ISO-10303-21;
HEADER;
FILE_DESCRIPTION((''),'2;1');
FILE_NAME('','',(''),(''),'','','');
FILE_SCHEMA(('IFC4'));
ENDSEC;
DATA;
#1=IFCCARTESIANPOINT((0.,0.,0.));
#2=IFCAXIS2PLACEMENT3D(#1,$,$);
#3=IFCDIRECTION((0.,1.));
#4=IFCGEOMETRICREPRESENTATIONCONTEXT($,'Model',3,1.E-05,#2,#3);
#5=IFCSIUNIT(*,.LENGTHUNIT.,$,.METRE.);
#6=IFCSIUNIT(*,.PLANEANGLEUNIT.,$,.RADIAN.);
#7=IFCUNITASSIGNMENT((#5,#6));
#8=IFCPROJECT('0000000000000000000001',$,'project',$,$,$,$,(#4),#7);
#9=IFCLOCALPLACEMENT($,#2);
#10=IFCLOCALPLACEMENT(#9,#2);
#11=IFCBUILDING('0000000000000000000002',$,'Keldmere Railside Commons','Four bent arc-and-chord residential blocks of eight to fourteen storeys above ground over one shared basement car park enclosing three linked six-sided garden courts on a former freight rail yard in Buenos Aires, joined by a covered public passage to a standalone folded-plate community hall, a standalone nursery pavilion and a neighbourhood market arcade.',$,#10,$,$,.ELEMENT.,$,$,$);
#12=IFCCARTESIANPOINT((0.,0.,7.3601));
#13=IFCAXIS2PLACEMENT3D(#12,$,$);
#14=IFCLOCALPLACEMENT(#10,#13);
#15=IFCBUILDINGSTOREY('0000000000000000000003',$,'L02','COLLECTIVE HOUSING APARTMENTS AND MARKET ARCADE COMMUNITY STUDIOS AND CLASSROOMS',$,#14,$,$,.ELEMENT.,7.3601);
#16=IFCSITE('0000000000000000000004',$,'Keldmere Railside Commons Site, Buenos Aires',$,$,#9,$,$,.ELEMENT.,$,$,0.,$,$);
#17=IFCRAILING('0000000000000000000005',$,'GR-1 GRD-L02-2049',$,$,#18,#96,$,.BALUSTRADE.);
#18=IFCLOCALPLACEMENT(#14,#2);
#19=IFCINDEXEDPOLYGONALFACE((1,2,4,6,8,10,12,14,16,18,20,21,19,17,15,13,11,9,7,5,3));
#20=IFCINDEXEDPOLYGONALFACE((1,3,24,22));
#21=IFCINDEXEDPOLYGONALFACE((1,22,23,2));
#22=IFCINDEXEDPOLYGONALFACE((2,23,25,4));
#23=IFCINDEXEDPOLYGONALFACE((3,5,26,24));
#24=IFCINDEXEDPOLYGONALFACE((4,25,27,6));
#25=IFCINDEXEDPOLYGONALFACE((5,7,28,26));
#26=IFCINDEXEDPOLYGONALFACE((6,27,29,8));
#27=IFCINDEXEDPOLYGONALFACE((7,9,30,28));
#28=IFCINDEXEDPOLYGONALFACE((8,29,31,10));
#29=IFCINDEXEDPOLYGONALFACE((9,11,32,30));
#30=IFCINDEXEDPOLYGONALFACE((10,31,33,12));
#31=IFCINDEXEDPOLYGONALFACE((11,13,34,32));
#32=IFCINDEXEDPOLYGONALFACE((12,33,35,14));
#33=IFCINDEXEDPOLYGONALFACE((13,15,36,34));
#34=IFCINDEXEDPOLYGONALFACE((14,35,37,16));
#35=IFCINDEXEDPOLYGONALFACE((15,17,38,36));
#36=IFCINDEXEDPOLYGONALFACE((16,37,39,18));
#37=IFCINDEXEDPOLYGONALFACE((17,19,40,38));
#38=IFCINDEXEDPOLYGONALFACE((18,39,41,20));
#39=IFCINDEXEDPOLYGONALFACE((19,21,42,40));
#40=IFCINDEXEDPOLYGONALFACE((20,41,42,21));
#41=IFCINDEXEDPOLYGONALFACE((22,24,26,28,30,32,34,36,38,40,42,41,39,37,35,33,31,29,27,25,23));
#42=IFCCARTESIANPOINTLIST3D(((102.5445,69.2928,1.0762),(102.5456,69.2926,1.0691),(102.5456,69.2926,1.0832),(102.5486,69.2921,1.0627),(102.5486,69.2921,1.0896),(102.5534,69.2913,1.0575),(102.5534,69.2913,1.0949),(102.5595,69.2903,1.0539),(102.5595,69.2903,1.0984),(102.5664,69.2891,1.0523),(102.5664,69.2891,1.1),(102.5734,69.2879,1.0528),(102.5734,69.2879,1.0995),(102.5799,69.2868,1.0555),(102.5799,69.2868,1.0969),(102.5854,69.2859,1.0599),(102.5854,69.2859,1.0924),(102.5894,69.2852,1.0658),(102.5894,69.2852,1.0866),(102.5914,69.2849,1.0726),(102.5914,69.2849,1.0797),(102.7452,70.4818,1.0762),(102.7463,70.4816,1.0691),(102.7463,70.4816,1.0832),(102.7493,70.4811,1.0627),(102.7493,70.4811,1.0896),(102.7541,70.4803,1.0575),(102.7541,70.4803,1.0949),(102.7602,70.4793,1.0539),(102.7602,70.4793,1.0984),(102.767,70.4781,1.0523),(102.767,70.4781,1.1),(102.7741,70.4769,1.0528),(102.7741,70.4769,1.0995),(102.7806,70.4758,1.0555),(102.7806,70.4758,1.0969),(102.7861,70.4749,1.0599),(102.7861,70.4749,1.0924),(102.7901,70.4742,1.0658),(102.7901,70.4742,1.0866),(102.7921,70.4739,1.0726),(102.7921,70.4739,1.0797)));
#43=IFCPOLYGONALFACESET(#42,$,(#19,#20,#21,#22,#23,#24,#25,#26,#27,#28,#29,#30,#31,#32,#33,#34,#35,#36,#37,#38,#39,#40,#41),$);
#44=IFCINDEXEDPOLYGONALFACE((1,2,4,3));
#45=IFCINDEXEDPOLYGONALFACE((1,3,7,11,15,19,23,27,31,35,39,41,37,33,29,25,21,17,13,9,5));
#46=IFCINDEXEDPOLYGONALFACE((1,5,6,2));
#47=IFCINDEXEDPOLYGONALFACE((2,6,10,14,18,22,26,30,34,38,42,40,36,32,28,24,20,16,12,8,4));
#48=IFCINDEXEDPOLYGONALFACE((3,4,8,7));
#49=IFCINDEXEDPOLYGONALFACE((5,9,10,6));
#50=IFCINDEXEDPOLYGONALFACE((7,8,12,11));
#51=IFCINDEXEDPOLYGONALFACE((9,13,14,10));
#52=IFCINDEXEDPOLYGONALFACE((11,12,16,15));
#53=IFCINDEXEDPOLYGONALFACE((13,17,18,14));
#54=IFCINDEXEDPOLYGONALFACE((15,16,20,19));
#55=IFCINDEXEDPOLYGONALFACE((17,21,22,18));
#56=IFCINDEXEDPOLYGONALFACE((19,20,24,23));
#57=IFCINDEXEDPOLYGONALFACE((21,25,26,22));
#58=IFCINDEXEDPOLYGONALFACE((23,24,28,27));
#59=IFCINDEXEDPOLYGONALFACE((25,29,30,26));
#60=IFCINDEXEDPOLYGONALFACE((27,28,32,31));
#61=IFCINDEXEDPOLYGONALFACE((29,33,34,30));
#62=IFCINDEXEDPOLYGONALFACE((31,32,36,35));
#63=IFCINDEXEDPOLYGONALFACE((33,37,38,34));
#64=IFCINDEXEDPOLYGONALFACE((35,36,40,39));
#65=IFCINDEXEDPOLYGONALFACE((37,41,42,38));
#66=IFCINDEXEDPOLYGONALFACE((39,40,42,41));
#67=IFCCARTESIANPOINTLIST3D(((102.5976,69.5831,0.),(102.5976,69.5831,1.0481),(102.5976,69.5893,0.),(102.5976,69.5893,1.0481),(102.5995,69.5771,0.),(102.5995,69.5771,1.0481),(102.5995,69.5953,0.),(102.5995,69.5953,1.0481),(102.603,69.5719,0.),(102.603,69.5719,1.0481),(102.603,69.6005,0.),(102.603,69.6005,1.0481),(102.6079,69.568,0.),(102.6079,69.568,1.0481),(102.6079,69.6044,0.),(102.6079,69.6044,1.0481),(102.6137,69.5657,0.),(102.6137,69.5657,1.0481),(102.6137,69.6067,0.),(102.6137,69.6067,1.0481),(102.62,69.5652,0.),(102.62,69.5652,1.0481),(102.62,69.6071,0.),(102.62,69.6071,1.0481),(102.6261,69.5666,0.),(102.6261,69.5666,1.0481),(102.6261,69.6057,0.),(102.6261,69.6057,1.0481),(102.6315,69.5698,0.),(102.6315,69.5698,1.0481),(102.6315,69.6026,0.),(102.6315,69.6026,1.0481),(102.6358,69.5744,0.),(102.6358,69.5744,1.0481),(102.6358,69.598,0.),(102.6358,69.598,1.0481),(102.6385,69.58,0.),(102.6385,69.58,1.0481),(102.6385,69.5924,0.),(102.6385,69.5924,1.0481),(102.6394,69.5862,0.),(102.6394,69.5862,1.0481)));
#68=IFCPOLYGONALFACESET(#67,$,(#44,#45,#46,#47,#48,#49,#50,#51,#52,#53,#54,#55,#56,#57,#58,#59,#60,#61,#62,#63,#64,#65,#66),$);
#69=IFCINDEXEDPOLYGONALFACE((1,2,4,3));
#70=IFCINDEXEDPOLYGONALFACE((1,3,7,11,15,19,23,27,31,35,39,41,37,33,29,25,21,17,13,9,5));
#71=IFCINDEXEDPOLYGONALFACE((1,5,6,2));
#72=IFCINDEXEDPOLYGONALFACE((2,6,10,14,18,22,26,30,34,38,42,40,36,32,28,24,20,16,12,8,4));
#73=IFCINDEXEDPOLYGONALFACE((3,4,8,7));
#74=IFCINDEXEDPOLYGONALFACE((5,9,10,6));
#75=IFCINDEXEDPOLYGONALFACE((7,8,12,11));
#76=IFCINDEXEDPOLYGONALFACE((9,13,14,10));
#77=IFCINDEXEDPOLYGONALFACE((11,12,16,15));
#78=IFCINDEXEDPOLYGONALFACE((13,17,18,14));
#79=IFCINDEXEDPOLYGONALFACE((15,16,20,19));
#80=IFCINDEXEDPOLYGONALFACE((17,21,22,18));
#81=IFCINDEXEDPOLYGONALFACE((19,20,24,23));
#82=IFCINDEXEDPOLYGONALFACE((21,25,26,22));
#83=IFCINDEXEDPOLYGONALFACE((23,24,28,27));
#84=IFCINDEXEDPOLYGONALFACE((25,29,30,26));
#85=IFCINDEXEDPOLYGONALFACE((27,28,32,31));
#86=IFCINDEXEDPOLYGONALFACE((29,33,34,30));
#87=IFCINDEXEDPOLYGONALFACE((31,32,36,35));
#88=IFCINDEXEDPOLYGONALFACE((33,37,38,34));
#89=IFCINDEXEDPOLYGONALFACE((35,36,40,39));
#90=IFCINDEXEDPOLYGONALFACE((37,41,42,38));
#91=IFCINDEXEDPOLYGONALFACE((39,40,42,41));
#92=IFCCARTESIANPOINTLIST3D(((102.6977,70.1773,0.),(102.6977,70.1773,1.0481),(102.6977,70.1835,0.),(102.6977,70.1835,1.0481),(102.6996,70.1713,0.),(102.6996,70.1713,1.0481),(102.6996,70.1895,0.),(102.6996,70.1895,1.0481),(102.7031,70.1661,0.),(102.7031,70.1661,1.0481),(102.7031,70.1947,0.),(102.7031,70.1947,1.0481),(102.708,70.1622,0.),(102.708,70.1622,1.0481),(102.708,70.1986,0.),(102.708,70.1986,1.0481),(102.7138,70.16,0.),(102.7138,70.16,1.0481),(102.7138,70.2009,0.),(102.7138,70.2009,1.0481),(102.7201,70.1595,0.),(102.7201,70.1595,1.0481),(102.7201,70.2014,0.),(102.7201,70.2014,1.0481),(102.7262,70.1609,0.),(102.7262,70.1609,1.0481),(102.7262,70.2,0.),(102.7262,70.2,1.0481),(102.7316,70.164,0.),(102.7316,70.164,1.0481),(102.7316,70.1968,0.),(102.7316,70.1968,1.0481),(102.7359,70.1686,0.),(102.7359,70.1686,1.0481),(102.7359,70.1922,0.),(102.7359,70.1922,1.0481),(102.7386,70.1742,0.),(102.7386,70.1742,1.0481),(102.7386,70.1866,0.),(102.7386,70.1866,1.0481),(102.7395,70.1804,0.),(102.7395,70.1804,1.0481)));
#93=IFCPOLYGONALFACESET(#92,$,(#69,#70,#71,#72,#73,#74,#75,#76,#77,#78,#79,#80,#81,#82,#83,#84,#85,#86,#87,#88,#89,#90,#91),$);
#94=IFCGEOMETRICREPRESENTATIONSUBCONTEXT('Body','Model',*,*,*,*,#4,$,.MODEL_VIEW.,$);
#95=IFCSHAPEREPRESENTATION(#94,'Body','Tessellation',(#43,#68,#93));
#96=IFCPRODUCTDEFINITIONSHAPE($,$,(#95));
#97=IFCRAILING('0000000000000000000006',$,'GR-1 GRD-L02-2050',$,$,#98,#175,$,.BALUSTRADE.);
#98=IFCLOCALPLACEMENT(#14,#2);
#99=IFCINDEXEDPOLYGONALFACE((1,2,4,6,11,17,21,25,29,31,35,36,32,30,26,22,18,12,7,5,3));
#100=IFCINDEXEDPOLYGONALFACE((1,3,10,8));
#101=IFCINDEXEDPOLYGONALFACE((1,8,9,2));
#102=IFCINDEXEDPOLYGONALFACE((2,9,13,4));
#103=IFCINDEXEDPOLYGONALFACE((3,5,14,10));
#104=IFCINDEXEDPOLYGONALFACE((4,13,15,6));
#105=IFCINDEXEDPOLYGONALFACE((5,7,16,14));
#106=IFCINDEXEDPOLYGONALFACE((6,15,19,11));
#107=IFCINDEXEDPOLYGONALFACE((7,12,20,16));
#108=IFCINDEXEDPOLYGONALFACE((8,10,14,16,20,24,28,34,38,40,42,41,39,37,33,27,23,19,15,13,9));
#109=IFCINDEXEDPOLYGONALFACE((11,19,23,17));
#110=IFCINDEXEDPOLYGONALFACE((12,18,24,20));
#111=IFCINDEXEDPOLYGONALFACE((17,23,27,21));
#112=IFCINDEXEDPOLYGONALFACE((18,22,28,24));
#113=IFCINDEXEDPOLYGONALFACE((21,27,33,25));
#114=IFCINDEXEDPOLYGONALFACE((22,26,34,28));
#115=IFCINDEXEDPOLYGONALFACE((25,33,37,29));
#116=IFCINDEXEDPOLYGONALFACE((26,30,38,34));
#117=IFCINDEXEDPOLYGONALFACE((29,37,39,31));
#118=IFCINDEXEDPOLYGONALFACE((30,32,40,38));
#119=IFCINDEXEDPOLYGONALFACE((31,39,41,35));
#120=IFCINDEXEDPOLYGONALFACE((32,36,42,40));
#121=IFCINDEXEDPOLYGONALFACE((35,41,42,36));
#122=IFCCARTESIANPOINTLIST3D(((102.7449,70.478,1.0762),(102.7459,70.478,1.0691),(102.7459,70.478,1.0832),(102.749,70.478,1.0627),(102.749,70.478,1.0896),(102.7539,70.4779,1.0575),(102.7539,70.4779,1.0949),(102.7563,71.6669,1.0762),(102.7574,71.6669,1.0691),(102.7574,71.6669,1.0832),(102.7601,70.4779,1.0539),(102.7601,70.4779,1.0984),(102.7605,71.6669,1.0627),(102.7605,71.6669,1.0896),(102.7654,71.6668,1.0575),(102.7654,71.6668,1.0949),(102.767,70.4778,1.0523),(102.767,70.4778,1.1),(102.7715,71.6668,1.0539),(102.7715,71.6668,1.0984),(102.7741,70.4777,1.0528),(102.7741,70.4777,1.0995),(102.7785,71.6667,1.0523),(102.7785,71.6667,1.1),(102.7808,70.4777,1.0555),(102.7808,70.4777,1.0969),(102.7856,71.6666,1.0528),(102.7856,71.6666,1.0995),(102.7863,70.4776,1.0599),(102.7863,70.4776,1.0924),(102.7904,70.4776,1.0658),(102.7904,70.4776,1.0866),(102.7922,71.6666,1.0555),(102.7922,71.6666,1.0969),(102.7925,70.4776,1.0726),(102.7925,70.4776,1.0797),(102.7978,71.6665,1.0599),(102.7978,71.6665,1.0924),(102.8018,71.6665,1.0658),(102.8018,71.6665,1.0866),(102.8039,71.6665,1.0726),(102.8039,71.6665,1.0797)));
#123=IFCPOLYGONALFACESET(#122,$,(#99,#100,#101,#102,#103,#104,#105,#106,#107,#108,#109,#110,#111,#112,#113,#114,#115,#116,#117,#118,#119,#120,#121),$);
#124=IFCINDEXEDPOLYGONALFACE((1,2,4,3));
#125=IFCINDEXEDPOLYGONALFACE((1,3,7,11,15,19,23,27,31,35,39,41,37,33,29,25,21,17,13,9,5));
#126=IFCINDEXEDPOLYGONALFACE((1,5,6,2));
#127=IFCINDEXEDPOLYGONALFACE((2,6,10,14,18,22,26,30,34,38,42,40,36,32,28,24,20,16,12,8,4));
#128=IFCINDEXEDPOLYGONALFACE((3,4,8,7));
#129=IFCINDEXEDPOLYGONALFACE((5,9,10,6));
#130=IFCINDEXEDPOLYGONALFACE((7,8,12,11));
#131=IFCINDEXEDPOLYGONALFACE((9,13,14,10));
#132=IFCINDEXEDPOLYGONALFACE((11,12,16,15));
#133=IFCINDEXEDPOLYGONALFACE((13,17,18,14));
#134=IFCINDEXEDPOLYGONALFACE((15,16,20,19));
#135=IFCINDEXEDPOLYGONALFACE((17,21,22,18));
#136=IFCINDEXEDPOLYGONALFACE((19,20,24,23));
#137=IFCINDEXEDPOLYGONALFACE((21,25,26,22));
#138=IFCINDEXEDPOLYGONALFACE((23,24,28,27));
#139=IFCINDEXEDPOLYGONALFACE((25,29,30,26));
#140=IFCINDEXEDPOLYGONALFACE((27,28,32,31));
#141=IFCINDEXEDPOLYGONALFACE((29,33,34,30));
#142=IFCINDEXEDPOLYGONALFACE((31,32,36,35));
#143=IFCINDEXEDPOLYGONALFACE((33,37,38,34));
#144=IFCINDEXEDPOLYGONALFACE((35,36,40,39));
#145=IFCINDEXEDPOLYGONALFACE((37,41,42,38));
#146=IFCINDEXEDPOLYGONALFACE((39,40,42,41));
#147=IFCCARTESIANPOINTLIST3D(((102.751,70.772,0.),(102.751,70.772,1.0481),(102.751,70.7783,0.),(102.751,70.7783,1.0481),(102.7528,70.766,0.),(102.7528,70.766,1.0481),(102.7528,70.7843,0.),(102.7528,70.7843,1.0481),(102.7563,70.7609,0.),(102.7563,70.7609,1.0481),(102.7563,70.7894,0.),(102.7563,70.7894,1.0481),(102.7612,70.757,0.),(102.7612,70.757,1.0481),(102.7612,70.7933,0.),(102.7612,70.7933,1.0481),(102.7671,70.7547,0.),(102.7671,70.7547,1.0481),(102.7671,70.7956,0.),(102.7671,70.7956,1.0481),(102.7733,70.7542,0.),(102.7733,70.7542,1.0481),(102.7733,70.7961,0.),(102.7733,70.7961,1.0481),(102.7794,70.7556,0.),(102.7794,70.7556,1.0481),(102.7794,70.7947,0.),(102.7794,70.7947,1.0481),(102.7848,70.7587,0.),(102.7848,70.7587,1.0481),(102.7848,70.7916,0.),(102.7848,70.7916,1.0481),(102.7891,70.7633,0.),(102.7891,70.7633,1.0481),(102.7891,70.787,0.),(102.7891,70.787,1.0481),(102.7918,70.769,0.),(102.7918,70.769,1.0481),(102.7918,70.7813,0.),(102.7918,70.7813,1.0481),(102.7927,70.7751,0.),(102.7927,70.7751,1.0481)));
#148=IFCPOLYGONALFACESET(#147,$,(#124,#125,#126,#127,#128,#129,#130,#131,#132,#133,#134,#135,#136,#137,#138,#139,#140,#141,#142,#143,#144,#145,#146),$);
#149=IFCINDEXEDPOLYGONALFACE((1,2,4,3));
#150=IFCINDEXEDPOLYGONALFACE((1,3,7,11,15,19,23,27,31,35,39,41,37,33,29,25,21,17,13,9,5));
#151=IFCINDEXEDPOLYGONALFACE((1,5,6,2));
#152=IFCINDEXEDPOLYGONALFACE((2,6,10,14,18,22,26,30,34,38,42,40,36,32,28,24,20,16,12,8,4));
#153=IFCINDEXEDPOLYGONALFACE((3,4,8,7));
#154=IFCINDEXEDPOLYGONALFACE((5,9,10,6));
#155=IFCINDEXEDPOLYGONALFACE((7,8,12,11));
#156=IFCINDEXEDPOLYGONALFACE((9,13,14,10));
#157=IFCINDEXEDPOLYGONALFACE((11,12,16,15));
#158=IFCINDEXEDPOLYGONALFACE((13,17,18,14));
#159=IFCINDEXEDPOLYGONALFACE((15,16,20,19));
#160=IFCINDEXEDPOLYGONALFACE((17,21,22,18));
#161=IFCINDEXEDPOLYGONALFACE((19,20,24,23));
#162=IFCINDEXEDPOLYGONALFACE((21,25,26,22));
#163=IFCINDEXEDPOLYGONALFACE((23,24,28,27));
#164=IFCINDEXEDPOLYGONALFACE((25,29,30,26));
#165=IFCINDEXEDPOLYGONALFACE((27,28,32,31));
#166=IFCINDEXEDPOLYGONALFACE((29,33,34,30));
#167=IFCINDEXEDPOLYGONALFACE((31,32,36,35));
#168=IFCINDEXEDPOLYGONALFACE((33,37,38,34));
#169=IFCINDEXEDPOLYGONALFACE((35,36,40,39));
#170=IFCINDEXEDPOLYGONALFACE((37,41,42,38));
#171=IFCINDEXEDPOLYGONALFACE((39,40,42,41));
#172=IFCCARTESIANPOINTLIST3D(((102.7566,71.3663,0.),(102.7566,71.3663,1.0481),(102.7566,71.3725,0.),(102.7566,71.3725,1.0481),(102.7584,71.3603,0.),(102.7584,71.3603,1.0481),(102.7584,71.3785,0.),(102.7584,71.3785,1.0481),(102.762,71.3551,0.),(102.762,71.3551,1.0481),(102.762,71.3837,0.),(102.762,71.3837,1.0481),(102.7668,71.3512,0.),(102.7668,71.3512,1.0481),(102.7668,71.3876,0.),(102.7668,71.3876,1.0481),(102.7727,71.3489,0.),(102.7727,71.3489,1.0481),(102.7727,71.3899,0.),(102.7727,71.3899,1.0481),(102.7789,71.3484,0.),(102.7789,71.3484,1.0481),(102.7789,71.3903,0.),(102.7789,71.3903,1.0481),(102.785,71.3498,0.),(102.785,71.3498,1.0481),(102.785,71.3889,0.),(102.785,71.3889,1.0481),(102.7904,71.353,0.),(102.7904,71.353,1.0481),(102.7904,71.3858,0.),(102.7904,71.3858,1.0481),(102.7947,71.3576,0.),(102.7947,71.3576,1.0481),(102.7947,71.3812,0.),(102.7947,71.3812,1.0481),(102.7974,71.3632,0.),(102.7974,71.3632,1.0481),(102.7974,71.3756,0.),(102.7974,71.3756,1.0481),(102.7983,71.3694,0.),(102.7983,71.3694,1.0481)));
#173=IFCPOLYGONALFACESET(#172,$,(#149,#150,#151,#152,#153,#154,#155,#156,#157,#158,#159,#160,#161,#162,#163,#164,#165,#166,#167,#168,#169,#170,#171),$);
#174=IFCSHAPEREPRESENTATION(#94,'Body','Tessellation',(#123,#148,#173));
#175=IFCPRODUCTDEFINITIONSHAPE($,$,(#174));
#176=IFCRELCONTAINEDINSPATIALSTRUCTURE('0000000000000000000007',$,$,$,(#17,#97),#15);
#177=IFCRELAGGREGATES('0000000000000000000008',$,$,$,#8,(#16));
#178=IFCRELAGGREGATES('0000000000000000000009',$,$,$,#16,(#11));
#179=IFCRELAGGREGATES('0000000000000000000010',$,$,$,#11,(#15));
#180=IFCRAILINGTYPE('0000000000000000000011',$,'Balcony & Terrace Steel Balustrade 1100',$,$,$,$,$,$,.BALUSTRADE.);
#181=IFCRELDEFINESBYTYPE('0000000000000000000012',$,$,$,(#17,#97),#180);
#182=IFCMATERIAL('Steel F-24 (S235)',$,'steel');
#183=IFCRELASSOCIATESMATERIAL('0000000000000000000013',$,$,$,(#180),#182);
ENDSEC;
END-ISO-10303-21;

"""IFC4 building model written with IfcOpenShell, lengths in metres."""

from ifc_helpers import new_model, si_unit, direction, frame, origin, origin_2d, place, context, subcontext, project, spatial, circle, extrude, material, type_object, element, save


model = new_model("IFC4")

# Units and contexts
model_context = context("Model", 3, precision=1e-05, world=origin(), true_north=direction((0.0, 1.0)))
body_context = subcontext(model_context, "Body", "Model", "MODEL_VIEW")
ifc_project = project(units=[si_unit("LENGTHUNIT", "METRE"), si_unit("PLANEANGLEUNIT", "RADIAN")], contexts=[model_context])

# Site, building, storey
site_placement = place(None, origin())
site = spatial("IfcSite", under=ifc_project, at=site_placement, Name="Keldmere Railside Commons Site, Buenos Aires", CompositionType="ELEMENT", RefElevation=0.0)
building_placement = place(site_placement, origin())
building = spatial("IfcBuilding", under=site, at=building_placement, Name="Keldmere Railside Commons", Description="Four bent arc-and-chord residential blocks of eight to fourteen storeys above ground over one shared basement car park enclosing three linked six-sided garden courts on a former freight rail yard in Buenos Aires, joined by a covered public passage to a standalone folded-plate community hall, a standalone nursery pavilion and a neighbourhood market arcade.", CompositionType="ELEMENT")
storey_placement = place(building_placement, frame((0.0, 0.0, 7.3601)))
storey = spatial("IfcBuildingStorey", under=building, at=storey_placement, Name="L02", Description="COLLECTIVE HOUSING APARTMENTS AND MARKET ARCADE COMMUNITY STUDIOS AND CLASSROOMS", CompositionType="ELEMENT", Elevation=7.3601)

# Railings
ifc_material_1 = material(Name="Steel F-24 (S235)", Category="steel")
railing_type_1 = type_object("IfcRailingType", Name="Balcony & Terrace Steel Balustrade 1100", PredefinedType="BALUSTRADE", material=ifc_material_1)
railing_1_placement = place(storey_placement, frame((102.5681, 69.2888, 0.0)))
element("IfcRailing", 1, at=railing_1_placement, inside=storey, type_object=railing_type_1, Name="GR-1 GRD-L02-2049", PredefinedType="BALUSTRADE", context=body_context, shape_type="SweptSolid", body=[
    extrude(circle(Radius=0.0239, at=origin_2d()), frame((0.0, 0.0, 1.0762), z_axis=(0.166434, 0.986053, 0.0), x_axis=(-0.986053, 0.166434, 0.0)), (0.0, 0.0, 1.0), 1.2058),
    extrude(circle(Radius=0.021, at=origin_2d()), frame((0.0503, 0.2974, 0.0)), (0.0, 0.0, 1.0), 1.0481),
    extrude(circle(Radius=0.021, at=origin_2d()), frame((0.1504, 0.8916, 0.0)), (0.0, 0.0, 1.0), 1.0481),
])
railing_2_placement = place(storey_placement, frame((102.7688, 70.4778, 0.0)))
element("IfcRailing", 2, at=railing_2_placement, inside=storey, type_object=railing_type_1, Name="GR-1 GRD-L02-2050", PredefinedType="BALUSTRADE", context=body_context, shape_type="SweptSolid", body=[
    extrude(circle(Radius=0.0239, at=origin_2d()), frame((0.0, 0.0, 1.0762), z_axis=(0.00965, 0.999953, 0.0), x_axis=(-0.999953, 0.00965, 0.0)), (0.0, 0.0, 1.0), 1.189),
    extrude(circle(Radius=0.021, at=origin_2d()), frame((0.0029, 0.2974, 0.0)), (0.0, 0.0, 1.0), 1.0481),
    extrude(circle(Radius=0.021, at=origin_2d()), frame((0.0085, 0.8916, 0.0)), (0.0, 0.0, 1.0), 1.0481),
])

save(model, "model.ifc")
